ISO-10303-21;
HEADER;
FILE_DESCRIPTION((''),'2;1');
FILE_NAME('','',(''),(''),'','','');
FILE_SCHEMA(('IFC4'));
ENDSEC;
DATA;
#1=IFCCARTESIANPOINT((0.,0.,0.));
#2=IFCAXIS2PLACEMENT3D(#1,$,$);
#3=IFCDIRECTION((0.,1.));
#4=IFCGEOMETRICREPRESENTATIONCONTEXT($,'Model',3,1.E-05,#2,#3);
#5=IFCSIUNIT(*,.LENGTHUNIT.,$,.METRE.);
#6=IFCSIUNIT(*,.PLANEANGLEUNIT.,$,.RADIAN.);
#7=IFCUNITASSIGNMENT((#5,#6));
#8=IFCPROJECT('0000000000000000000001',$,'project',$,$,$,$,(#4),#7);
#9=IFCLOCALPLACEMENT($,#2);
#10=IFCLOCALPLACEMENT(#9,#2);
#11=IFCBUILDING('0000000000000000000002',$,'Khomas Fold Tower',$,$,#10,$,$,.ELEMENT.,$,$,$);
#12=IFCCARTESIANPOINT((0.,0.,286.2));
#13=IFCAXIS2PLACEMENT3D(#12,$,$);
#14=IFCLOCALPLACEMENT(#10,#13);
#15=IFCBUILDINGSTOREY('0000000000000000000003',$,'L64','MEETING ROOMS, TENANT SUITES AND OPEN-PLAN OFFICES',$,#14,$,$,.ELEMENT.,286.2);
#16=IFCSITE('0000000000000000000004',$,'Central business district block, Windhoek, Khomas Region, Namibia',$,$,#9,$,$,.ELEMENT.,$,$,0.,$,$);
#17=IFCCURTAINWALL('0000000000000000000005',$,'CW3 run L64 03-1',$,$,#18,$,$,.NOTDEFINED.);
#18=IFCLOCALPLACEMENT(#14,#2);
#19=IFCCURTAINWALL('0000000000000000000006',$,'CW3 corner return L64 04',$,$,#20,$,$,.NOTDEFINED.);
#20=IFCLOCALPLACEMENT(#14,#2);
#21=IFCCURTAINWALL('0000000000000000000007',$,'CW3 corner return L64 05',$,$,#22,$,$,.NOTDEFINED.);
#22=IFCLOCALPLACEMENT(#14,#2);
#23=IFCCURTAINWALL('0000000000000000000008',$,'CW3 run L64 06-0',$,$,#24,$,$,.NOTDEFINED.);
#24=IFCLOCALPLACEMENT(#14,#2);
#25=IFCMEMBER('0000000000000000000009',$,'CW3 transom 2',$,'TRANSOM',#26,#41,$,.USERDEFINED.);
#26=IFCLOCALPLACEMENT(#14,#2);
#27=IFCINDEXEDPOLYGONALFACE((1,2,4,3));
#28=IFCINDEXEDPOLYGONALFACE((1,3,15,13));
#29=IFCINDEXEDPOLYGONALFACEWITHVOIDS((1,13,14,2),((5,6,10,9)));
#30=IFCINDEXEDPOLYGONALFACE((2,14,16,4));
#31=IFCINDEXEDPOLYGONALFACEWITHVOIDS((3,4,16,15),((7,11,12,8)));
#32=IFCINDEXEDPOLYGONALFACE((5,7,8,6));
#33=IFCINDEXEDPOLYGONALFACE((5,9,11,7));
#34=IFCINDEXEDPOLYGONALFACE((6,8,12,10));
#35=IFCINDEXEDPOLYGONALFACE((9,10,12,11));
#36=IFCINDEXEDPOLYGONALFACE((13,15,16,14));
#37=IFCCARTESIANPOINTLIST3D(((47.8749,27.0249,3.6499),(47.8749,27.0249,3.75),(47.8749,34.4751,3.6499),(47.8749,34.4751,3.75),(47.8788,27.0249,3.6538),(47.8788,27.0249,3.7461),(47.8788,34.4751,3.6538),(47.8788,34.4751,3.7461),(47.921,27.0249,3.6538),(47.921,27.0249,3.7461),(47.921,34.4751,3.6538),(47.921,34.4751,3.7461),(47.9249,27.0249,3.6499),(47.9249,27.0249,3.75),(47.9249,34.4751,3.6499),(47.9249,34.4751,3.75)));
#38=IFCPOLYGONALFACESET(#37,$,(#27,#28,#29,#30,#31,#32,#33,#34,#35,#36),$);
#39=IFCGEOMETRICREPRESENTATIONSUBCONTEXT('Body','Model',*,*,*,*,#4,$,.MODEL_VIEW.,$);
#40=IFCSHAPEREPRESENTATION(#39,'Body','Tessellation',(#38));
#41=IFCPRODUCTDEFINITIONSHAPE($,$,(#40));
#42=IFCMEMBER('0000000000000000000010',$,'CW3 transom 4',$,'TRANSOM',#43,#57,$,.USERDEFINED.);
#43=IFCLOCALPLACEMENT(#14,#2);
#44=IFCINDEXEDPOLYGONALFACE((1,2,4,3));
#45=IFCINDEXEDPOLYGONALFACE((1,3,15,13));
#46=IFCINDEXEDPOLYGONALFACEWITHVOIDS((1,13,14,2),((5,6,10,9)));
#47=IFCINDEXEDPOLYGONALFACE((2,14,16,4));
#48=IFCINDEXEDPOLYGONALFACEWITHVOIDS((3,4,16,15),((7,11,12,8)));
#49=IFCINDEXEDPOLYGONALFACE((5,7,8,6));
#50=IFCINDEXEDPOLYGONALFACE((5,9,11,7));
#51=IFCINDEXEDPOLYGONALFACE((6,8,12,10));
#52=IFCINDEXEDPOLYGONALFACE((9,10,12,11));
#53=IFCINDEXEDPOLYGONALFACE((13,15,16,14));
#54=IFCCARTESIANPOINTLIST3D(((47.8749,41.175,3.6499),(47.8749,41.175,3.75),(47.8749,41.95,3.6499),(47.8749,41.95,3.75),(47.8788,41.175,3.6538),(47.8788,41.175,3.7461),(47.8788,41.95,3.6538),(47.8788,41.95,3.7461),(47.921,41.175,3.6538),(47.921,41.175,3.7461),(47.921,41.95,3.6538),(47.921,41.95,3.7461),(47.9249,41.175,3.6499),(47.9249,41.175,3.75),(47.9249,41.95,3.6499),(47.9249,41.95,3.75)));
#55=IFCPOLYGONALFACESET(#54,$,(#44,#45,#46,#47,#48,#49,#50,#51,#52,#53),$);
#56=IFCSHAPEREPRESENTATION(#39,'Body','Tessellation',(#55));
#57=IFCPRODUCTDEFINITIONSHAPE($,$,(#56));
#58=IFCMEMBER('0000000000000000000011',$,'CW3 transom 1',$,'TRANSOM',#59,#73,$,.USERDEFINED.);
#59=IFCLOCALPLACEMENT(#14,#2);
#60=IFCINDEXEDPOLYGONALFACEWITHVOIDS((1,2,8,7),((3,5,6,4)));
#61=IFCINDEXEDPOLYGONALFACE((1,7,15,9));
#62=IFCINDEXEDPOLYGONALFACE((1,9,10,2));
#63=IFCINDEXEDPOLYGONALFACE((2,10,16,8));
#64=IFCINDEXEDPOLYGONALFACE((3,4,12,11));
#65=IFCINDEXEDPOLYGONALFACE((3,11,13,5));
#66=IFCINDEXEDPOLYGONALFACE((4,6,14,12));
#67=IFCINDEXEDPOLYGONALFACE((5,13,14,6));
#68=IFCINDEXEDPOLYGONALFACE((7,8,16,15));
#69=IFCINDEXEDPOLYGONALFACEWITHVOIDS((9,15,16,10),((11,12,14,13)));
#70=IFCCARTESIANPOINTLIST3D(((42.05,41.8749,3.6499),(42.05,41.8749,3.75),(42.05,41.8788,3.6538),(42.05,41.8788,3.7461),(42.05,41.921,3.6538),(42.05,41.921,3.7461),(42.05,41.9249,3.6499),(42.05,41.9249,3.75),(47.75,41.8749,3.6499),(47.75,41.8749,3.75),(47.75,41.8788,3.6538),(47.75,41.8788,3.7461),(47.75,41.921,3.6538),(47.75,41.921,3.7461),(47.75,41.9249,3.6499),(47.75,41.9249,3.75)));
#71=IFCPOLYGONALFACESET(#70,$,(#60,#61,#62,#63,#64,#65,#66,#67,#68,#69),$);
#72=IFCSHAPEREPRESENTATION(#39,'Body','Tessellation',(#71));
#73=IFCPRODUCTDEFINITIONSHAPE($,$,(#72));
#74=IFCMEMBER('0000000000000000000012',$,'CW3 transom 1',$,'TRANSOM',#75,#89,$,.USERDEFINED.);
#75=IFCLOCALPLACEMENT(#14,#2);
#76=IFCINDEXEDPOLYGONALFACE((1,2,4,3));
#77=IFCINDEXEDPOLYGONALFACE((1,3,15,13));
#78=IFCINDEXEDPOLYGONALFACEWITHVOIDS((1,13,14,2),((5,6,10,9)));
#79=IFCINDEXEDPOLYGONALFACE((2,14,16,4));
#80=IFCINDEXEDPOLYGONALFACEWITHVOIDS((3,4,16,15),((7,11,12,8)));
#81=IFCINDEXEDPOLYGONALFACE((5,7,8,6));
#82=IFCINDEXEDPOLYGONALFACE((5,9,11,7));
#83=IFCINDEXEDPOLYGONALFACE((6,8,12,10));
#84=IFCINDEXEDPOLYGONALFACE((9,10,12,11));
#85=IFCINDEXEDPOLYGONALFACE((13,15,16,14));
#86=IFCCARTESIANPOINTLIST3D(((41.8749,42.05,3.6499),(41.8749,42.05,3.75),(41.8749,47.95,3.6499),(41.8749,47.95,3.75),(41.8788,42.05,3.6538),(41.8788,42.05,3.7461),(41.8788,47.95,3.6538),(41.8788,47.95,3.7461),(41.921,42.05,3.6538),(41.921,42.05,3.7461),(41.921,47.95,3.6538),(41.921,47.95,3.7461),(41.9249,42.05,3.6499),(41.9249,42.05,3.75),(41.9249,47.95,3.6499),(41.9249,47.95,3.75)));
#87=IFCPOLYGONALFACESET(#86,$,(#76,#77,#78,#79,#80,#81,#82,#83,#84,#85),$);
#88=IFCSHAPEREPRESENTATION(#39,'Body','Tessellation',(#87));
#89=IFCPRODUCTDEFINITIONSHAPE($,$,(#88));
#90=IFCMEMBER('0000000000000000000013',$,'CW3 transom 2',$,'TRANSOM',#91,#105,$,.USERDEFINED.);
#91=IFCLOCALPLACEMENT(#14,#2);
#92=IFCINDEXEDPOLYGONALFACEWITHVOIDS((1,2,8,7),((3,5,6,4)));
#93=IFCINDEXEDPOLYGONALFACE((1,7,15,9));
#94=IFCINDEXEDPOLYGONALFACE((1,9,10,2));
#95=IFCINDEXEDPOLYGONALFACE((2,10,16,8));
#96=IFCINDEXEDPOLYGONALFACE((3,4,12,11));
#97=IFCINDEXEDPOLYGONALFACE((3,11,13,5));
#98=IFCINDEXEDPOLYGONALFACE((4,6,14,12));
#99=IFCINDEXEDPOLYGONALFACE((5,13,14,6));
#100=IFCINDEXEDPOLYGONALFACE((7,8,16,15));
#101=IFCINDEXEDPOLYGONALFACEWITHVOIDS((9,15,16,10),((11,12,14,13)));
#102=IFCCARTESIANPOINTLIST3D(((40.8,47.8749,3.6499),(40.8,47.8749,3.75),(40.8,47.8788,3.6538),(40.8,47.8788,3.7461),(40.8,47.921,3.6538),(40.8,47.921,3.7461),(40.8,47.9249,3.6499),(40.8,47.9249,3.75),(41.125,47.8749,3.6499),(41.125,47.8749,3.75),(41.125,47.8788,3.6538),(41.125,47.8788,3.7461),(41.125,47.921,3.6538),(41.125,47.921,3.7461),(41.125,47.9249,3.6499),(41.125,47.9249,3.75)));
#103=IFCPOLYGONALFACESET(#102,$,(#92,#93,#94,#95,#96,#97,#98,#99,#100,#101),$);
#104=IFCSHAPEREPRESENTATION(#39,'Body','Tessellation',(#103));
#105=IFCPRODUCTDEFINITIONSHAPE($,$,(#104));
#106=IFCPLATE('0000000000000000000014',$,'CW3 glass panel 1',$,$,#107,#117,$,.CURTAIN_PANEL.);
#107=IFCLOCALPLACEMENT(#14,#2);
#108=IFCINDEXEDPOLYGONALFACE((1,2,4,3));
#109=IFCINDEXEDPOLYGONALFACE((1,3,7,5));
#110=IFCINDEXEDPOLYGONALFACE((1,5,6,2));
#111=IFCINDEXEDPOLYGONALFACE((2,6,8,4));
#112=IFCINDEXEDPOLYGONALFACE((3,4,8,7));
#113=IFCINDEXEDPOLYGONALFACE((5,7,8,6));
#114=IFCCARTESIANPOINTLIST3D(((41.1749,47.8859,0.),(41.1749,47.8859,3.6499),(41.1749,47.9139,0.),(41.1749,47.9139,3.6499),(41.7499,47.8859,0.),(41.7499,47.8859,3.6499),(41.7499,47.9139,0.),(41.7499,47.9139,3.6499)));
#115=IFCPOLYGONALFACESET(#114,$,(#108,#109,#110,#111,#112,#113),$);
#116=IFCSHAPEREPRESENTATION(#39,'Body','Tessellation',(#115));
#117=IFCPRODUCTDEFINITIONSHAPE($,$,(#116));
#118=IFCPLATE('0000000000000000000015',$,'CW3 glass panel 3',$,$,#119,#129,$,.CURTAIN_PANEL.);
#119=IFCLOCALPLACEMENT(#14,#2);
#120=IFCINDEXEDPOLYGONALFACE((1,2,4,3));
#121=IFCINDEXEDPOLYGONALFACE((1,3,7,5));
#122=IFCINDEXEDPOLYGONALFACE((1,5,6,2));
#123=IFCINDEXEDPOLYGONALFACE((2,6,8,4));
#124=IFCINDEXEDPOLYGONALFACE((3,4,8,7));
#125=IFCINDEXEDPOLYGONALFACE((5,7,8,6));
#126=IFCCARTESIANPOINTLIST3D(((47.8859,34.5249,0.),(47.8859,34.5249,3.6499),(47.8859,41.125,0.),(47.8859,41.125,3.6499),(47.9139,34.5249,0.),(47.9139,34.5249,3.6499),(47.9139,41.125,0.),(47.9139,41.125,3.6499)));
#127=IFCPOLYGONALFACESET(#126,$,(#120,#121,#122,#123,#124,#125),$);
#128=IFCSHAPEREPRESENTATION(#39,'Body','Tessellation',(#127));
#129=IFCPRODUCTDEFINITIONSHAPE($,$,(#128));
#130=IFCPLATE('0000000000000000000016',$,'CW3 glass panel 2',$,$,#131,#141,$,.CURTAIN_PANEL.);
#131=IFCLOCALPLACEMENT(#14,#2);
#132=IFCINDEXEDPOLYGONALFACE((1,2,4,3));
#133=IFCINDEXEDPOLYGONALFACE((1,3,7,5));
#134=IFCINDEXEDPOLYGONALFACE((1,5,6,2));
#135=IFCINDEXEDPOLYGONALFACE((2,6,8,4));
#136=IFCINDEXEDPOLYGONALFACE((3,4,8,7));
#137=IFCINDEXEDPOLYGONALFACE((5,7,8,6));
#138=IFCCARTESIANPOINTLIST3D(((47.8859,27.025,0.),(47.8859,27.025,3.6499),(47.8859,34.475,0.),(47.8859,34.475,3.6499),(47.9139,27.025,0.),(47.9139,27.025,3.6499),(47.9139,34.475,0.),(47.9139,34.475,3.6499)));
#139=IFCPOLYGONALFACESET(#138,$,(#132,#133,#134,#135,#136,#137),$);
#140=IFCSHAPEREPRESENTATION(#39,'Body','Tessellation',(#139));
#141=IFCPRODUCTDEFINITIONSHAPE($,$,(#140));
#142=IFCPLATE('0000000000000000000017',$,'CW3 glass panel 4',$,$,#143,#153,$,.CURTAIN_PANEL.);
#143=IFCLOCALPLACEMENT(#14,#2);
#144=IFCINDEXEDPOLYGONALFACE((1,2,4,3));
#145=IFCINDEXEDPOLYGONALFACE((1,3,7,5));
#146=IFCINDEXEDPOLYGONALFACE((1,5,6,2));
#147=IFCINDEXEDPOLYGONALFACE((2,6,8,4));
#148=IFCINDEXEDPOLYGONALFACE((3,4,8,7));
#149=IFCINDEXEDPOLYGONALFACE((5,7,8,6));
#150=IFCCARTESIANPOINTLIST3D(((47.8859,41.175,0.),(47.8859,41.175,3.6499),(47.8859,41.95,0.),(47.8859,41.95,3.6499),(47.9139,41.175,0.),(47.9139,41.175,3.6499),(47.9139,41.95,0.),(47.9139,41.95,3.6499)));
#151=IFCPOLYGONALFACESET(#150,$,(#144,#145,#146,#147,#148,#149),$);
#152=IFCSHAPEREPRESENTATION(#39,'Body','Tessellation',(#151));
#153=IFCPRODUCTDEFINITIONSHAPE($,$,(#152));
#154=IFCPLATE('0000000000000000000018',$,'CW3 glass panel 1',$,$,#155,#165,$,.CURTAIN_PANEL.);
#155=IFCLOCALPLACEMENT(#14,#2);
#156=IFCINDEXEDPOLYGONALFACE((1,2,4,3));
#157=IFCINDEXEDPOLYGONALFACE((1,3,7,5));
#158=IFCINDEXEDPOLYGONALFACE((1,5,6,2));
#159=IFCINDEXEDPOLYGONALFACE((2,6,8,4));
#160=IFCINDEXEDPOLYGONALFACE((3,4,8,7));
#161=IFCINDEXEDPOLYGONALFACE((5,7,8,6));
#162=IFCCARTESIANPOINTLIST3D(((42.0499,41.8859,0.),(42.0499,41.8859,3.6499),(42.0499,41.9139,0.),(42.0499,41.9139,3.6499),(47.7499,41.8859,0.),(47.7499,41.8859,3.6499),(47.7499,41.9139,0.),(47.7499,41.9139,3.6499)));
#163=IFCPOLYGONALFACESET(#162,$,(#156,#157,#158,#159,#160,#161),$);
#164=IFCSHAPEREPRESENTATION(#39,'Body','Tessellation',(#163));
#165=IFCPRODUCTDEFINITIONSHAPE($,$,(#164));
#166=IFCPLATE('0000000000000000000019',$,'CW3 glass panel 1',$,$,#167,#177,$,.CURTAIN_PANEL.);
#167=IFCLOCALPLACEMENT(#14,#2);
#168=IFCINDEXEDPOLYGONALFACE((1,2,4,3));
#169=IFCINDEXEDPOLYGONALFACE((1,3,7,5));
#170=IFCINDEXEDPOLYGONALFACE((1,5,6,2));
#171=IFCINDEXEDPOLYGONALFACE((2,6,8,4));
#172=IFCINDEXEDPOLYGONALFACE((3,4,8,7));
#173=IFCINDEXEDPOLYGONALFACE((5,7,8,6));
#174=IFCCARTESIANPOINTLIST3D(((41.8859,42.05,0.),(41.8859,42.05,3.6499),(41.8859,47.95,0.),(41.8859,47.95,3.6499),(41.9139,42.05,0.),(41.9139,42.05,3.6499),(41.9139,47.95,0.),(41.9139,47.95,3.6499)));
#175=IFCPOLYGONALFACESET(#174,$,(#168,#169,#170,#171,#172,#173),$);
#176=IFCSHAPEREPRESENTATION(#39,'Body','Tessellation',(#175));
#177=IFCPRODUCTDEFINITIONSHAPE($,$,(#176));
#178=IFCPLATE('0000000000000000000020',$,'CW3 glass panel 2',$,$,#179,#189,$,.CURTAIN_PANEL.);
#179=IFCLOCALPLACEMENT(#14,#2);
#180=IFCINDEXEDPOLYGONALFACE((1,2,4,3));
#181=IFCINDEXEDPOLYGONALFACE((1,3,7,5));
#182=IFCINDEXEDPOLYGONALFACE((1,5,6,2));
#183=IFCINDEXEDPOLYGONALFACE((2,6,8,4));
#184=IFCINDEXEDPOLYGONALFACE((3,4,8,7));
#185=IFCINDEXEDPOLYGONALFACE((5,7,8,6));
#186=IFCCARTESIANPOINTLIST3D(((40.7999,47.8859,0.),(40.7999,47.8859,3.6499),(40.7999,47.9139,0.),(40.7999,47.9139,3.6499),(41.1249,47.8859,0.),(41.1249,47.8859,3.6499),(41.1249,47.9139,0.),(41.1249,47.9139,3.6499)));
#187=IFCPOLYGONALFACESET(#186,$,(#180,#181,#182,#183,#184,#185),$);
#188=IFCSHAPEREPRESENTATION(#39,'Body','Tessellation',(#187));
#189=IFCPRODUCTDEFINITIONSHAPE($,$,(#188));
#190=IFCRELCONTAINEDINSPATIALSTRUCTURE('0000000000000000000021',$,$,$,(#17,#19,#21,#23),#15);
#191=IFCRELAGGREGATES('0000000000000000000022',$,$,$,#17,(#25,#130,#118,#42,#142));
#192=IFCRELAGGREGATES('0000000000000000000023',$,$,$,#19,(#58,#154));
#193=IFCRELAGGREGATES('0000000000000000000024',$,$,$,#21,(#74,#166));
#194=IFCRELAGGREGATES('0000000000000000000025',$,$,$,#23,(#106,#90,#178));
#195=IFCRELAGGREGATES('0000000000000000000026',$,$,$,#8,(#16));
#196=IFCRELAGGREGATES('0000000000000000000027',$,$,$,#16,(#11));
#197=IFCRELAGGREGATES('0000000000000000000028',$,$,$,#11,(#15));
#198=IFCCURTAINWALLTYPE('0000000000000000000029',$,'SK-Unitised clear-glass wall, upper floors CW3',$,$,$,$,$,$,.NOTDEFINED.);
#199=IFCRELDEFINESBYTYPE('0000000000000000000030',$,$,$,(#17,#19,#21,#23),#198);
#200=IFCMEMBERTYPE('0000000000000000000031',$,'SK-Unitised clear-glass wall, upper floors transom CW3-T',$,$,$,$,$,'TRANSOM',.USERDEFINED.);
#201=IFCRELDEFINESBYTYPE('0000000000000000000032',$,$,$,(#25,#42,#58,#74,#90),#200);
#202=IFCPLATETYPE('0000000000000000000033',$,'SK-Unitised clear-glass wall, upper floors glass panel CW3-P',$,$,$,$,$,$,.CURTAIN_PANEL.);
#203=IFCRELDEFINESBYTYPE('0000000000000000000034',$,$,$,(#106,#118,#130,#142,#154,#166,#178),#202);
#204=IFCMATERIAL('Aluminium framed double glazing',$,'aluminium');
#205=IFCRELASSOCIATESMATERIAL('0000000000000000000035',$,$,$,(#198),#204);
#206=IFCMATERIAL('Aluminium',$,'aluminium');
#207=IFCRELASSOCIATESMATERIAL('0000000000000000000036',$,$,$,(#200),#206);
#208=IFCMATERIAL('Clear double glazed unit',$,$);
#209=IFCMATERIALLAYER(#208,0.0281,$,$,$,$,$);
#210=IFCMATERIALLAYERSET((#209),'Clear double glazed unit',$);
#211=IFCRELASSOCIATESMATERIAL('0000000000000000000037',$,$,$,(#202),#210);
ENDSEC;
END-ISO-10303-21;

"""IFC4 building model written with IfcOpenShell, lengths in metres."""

from ifc_helpers import new_model, si_unit, direction, frame, origin, origin_2d, place, context, subcontext, project, spatial, rectangle, hollow_rectangle, extrude, source, transform, mapped, material, layer, layer_set, material_profile, profile_set, type_object, element, aggregate, save


model = new_model("IFC4")

# Units and contexts
model_context = context("Model", 3, precision=1e-05, world=origin(), true_north=direction((0.0, 1.0)))
body_context = subcontext(model_context, "Body", "Model", "MODEL_VIEW")
ifc_project = project(units=[si_unit("LENGTHUNIT", "METRE"), si_unit("PLANEANGLEUNIT", "RADIAN")], contexts=[model_context])

# Site, building, storey
site_placement = place(None, origin())
site = spatial("IfcSite", under=ifc_project, at=site_placement, Name="Central business district block, Windhoek, Khomas Region, Namibia", CompositionType="ELEMENT", RefElevation=0.0)
building_placement = place(site_placement, origin())
building = spatial("IfcBuilding", under=site, at=building_placement, Name="Khomas Fold Tower", CompositionType="ELEMENT")
storey_placement = place(building_placement, frame((0.0, 0.0, 286.2)))
storey = spatial("IfcBuildingStorey", under=building, at=storey_placement, Name="L64", Description="MEETING ROOMS, TENANT SUITES AND OPEN-PLAN OFFICES", CompositionType="ELEMENT", Elevation=286.2)

# Curtain walls
ifc_material_1 = material(Name="Aluminium framed double glazing", Category="aluminium")
curtain_wall_type = type_object("IfcCurtainWallType", Name="SK-Unitised clear-glass wall, upper floors CW3", PredefinedType="NOTDEFINED", material=ifc_material_1)
curtain_wall_1_placement = place(storey_placement, origin())
curtain_wall_1 = element("IfcCurtainWall", 1, at=curtain_wall_1_placement, inside=storey, type_object=curtain_wall_type, Name="CW3 run L64 03-1", PredefinedType="NOTDEFINED")
curtain_wall_2_placement = place(storey_placement, origin())
curtain_wall_2 = element("IfcCurtainWall", 2, at=curtain_wall_2_placement, inside=storey, type_object=curtain_wall_type, Name="CW3 corner return L64 04", PredefinedType="NOTDEFINED")
curtain_wall_3_placement = place(storey_placement, origin())
curtain_wall_3 = element("IfcCurtainWall", 3, at=curtain_wall_3_placement, inside=storey, type_object=curtain_wall_type, Name="CW3 corner return L64 05", PredefinedType="NOTDEFINED")
curtain_wall_4_placement = place(storey_placement, origin())
curtain_wall_4 = element("IfcCurtainWall", 4, at=curtain_wall_4_placement, inside=storey, type_object=curtain_wall_type, Name="CW3 run L64 06-0", PredefinedType="NOTDEFINED")
ifc_material_2 = material(Name="Aluminium", Category="aluminium")
ifc_material_profile_1 = material_profile(ifc_material_2, hollow_rectangle(XDim=0.05, YDim=0.1001, WallThickness=0.0039, at=origin_2d()), Name="SK-Unitised clear-glass wall, upper floors transom CW3-T")
ifc_profile_set_1 = profile_set([ifc_material_profile_1], Name="Aluminium")
member_type_1 = type_object("IfcMemberType", Name="SK-Unitised clear-glass wall, upper floors transom CW3-T", ElementType="TRANSOM", PredefinedType="USERDEFINED", material=ifc_profile_set_1)

# Members
shared_shape_1 = source(origin(), body_context, "Body", "SweptSolid", [
    extrude(hollow_rectangle(XDim=0.05, YDim=0.1001, WallThickness=0.0039, at=origin_2d()), origin(), (0.0, 0.0, 1.0), 7.4502),
])
member_1_placement = place(storey_placement, frame((47.8999, 27.0249, 3.7), z_axis=(0.0, 1.0, 0.0), x_axis=(-1.0, 0.0, 0.0)))
member_1 = element("IfcMember", 5, at=member_1_placement, type_object=member_type_1, Name="CW3 transom 2", ObjectType="TRANSOM", PredefinedType="USERDEFINED", context=body_context, shape_type="MappedRepresentation", body=[
    mapped(shared_shape_1, transform((0.0, 0.0, 0.0))),
])
shared_shape_2 = source(origin(), body_context, "Body", "SweptSolid", [
    extrude(hollow_rectangle(XDim=0.05, YDim=0.1001, WallThickness=0.0039, at=origin_2d()), origin(), (0.0, 0.0, 1.0), 0.7749),
])
member_2_placement = place(storey_placement, frame((47.8999, 41.175, 3.7), z_axis=(0.0, 1.0, 0.0), x_axis=(-1.0, 0.0, 0.0)))
member_2 = element("IfcMember", 6, at=member_2_placement, type_object=member_type_1, Name="CW3 transom 4", ObjectType="TRANSOM", PredefinedType="USERDEFINED", context=body_context, shape_type="MappedRepresentation", body=[
    mapped(shared_shape_2, transform((0.0, 0.0, 0.0))),
])
shared_shape_3 = source(origin(), body_context, "Body", "SweptSolid", [
    extrude(hollow_rectangle(XDim=0.05, YDim=0.1001, WallThickness=0.0039, at=origin_2d()), origin(), (0.0, 0.0, 1.0), 5.7),
])
member_3_placement = place(storey_placement, frame((47.75, 41.8999, 3.7), z_axis=(-1.0, 0.0, 0.0), x_axis=(0.0, -1.0, 0.0)))
member_3 = element("IfcMember", 7, at=member_3_placement, type_object=member_type_1, Name="CW3 transom 1", ObjectType="TRANSOM", PredefinedType="USERDEFINED", context=body_context, shape_type="MappedRepresentation", body=[
    mapped(shared_shape_3, transform((0.0, 0.0, 0.0))),
])
shared_shape_4 = source(origin(), body_context, "Body", "SweptSolid", [
    extrude(hollow_rectangle(XDim=0.05, YDim=0.1001, WallThickness=0.0039, at=origin_2d()), origin(), (0.0, 0.0, 1.0), 5.8999),
])
member_4_placement = place(storey_placement, frame((41.8999, 42.05, 3.7), z_axis=(0.0, 1.0, 0.0), x_axis=(-1.0, 0.0, 0.0)))
member_4 = element("IfcMember", 8, at=member_4_placement, type_object=member_type_1, Name="CW3 transom 1", ObjectType="TRANSOM", PredefinedType="USERDEFINED", context=body_context, shape_type="MappedRepresentation", body=[
    mapped(shared_shape_4, transform((0.0, 0.0, 0.0))),
])
shared_shape_5 = source(origin(), body_context, "Body", "SweptSolid", [
    extrude(hollow_rectangle(XDim=0.05, YDim=0.1001, WallThickness=0.0039, at=origin_2d()), origin(), (0.0, 0.0, 1.0), 0.325),
])
member_5_placement = place(storey_placement, frame((41.125, 47.8999, 3.7), z_axis=(-1.0, 0.0, 0.0), x_axis=(0.0, -1.0, 0.0)))
member_5 = element("IfcMember", 9, at=member_5_placement, type_object=member_type_1, Name="CW3 transom 2", ObjectType="TRANSOM", PredefinedType="USERDEFINED", context=body_context, shape_type="MappedRepresentation", body=[
    mapped(shared_shape_5, transform((0.0, 0.0, 0.0))),
])

# Plates
ifc_material_3 = material(Name="Clear double glazed unit")
ifc_layer_1 = layer(ifc_material_3, 0.0281)
ifc_layer_set_1 = layer_set([ifc_layer_1], Name="Clear double glazed unit")
plate_type = type_object("IfcPlateType", Name="SK-Unitised clear-glass wall, upper floors glass panel CW3-P", PredefinedType="CURTAIN_PANEL", material=ifc_layer_set_1)
shared_shape_6 = source(origin(), body_context, "Body", "SweptSolid", [
    extrude(rectangle(XDim=0.575, YDim=0.0281, at=origin_2d()), origin(), (0.0, 0.0, 1.0), 3.6499),
])
plate_1_placement = place(storey_placement, frame((41.4624, 47.8999, 0.0), z_axis=(0.0, 0.0, 1.0), x_axis=(-1.0, 0.0, 0.0)))
plate_1 = element("IfcPlate", 10, at=plate_1_placement, type_object=plate_type, Name="CW3 glass panel 1", PredefinedType="CURTAIN_PANEL", context=body_context, shape_type="MappedRepresentation", body=[
    mapped(shared_shape_6, transform((0.0, 0.0, 0.0))),
])
shared_shape_7 = source(origin(), body_context, "Body", "SweptSolid", [
    extrude(rectangle(XDim=6.6001, YDim=0.0281, at=origin_2d()), origin(), (0.0, 0.0, 1.0), 3.6499),
])
plate_2_placement = place(storey_placement, frame((47.8999, 37.825, 0.0), z_axis=(0.0, 0.0, 1.0), x_axis=(0.0, 1.0, 0.0)))
plate_2 = element("IfcPlate", 11, at=plate_2_placement, type_object=plate_type, Name="CW3 glass panel 3", PredefinedType="CURTAIN_PANEL", context=body_context, shape_type="MappedRepresentation", body=[
    mapped(shared_shape_7, transform((0.0, 0.0, 0.0))),
])
shared_shape_8 = source(origin(), body_context, "Body", "SweptSolid", [
    extrude(rectangle(XDim=7.45, YDim=0.0281, at=origin_2d()), origin(), (0.0, 0.0, 1.0), 3.6499),
])
plate_3_placement = place(storey_placement, frame((47.8999, 30.75, 0.0), z_axis=(0.0, 0.0, 1.0), x_axis=(0.0, 1.0, 0.0)))
plate_3 = element("IfcPlate", 12, at=plate_3_placement, type_object=plate_type, Name="CW3 glass panel 2", PredefinedType="CURTAIN_PANEL", context=body_context, shape_type="MappedRepresentation", body=[
    mapped(shared_shape_8, transform((0.0, 0.0, 0.0))),
])
shared_shape_9 = source(origin(), body_context, "Body", "SweptSolid", [
    extrude(rectangle(XDim=0.7749, YDim=0.0281, at=origin_2d()), origin(), (0.0, 0.0, 1.0), 3.6499),
])
plate_4_placement = place(storey_placement, frame((47.8999, 41.5625, 0.0), z_axis=(0.0, 0.0, 1.0), x_axis=(0.0, 1.0, 0.0)))
plate_4 = element("IfcPlate", 13, at=plate_4_placement, type_object=plate_type, Name="CW3 glass panel 4", PredefinedType="CURTAIN_PANEL", context=body_context, shape_type="MappedRepresentation", body=[
    mapped(shared_shape_9, transform((0.0, 0.0, 0.0))),
])
aggregate(curtain_wall_1, [member_1, plate_3, plate_2, member_2, plate_4])
shared_shape_10 = source(origin(), body_context, "Body", "SweptSolid", [
    extrude(rectangle(XDim=5.7, YDim=0.0281, at=origin_2d()), origin(), (0.0, 0.0, 1.0), 3.6499),
])
plate_5_placement = place(storey_placement, frame((44.8999, 41.8999, 0.0), z_axis=(0.0, 0.0, 1.0), x_axis=(-1.0, 0.0, 0.0)))
plate_5 = element("IfcPlate", 14, at=plate_5_placement, type_object=plate_type, Name="CW3 glass panel 1", PredefinedType="CURTAIN_PANEL", context=body_context, shape_type="MappedRepresentation", body=[
    mapped(shared_shape_10, transform((0.0, 0.0, 0.0))),
])
aggregate(curtain_wall_2, [member_3, plate_5])
shared_shape_11 = source(origin(), body_context, "Body", "SweptSolid", [
    extrude(rectangle(XDim=5.8999, YDim=0.0281, at=origin_2d()), origin(), (0.0, 0.0, 1.0), 3.6499),
])
plate_6_placement = place(storey_placement, frame((41.8999, 45.0, 0.0), z_axis=(0.0, 0.0, 1.0), x_axis=(0.0, 1.0, 0.0)))
plate_6 = element("IfcPlate", 15, at=plate_6_placement, type_object=plate_type, Name="CW3 glass panel 1", PredefinedType="CURTAIN_PANEL", context=body_context, shape_type="MappedRepresentation", body=[
    mapped(shared_shape_11, transform((0.0, 0.0, 0.0))),
])
aggregate(curtain_wall_3, [member_4, plate_6])
shared_shape_12 = source(origin(), body_context, "Body", "SweptSolid", [
    extrude(rectangle(XDim=0.325, YDim=0.0281, at=origin_2d()), origin(), (0.0, 0.0, 1.0), 3.6499),
])
plate_7_placement = place(storey_placement, frame((40.9624, 47.8999, 0.0), z_axis=(0.0, 0.0, 1.0), x_axis=(-1.0, 0.0, 0.0)))
plate_7 = element("IfcPlate", 16, at=plate_7_placement, type_object=plate_type, Name="CW3 glass panel 2", PredefinedType="CURTAIN_PANEL", context=body_context, shape_type="MappedRepresentation", body=[
    mapped(shared_shape_12, transform((0.0, 0.0, 0.0))),
])
aggregate(curtain_wall_4, [plate_1, member_5, plate_7])

save(model, "model.ifc")
